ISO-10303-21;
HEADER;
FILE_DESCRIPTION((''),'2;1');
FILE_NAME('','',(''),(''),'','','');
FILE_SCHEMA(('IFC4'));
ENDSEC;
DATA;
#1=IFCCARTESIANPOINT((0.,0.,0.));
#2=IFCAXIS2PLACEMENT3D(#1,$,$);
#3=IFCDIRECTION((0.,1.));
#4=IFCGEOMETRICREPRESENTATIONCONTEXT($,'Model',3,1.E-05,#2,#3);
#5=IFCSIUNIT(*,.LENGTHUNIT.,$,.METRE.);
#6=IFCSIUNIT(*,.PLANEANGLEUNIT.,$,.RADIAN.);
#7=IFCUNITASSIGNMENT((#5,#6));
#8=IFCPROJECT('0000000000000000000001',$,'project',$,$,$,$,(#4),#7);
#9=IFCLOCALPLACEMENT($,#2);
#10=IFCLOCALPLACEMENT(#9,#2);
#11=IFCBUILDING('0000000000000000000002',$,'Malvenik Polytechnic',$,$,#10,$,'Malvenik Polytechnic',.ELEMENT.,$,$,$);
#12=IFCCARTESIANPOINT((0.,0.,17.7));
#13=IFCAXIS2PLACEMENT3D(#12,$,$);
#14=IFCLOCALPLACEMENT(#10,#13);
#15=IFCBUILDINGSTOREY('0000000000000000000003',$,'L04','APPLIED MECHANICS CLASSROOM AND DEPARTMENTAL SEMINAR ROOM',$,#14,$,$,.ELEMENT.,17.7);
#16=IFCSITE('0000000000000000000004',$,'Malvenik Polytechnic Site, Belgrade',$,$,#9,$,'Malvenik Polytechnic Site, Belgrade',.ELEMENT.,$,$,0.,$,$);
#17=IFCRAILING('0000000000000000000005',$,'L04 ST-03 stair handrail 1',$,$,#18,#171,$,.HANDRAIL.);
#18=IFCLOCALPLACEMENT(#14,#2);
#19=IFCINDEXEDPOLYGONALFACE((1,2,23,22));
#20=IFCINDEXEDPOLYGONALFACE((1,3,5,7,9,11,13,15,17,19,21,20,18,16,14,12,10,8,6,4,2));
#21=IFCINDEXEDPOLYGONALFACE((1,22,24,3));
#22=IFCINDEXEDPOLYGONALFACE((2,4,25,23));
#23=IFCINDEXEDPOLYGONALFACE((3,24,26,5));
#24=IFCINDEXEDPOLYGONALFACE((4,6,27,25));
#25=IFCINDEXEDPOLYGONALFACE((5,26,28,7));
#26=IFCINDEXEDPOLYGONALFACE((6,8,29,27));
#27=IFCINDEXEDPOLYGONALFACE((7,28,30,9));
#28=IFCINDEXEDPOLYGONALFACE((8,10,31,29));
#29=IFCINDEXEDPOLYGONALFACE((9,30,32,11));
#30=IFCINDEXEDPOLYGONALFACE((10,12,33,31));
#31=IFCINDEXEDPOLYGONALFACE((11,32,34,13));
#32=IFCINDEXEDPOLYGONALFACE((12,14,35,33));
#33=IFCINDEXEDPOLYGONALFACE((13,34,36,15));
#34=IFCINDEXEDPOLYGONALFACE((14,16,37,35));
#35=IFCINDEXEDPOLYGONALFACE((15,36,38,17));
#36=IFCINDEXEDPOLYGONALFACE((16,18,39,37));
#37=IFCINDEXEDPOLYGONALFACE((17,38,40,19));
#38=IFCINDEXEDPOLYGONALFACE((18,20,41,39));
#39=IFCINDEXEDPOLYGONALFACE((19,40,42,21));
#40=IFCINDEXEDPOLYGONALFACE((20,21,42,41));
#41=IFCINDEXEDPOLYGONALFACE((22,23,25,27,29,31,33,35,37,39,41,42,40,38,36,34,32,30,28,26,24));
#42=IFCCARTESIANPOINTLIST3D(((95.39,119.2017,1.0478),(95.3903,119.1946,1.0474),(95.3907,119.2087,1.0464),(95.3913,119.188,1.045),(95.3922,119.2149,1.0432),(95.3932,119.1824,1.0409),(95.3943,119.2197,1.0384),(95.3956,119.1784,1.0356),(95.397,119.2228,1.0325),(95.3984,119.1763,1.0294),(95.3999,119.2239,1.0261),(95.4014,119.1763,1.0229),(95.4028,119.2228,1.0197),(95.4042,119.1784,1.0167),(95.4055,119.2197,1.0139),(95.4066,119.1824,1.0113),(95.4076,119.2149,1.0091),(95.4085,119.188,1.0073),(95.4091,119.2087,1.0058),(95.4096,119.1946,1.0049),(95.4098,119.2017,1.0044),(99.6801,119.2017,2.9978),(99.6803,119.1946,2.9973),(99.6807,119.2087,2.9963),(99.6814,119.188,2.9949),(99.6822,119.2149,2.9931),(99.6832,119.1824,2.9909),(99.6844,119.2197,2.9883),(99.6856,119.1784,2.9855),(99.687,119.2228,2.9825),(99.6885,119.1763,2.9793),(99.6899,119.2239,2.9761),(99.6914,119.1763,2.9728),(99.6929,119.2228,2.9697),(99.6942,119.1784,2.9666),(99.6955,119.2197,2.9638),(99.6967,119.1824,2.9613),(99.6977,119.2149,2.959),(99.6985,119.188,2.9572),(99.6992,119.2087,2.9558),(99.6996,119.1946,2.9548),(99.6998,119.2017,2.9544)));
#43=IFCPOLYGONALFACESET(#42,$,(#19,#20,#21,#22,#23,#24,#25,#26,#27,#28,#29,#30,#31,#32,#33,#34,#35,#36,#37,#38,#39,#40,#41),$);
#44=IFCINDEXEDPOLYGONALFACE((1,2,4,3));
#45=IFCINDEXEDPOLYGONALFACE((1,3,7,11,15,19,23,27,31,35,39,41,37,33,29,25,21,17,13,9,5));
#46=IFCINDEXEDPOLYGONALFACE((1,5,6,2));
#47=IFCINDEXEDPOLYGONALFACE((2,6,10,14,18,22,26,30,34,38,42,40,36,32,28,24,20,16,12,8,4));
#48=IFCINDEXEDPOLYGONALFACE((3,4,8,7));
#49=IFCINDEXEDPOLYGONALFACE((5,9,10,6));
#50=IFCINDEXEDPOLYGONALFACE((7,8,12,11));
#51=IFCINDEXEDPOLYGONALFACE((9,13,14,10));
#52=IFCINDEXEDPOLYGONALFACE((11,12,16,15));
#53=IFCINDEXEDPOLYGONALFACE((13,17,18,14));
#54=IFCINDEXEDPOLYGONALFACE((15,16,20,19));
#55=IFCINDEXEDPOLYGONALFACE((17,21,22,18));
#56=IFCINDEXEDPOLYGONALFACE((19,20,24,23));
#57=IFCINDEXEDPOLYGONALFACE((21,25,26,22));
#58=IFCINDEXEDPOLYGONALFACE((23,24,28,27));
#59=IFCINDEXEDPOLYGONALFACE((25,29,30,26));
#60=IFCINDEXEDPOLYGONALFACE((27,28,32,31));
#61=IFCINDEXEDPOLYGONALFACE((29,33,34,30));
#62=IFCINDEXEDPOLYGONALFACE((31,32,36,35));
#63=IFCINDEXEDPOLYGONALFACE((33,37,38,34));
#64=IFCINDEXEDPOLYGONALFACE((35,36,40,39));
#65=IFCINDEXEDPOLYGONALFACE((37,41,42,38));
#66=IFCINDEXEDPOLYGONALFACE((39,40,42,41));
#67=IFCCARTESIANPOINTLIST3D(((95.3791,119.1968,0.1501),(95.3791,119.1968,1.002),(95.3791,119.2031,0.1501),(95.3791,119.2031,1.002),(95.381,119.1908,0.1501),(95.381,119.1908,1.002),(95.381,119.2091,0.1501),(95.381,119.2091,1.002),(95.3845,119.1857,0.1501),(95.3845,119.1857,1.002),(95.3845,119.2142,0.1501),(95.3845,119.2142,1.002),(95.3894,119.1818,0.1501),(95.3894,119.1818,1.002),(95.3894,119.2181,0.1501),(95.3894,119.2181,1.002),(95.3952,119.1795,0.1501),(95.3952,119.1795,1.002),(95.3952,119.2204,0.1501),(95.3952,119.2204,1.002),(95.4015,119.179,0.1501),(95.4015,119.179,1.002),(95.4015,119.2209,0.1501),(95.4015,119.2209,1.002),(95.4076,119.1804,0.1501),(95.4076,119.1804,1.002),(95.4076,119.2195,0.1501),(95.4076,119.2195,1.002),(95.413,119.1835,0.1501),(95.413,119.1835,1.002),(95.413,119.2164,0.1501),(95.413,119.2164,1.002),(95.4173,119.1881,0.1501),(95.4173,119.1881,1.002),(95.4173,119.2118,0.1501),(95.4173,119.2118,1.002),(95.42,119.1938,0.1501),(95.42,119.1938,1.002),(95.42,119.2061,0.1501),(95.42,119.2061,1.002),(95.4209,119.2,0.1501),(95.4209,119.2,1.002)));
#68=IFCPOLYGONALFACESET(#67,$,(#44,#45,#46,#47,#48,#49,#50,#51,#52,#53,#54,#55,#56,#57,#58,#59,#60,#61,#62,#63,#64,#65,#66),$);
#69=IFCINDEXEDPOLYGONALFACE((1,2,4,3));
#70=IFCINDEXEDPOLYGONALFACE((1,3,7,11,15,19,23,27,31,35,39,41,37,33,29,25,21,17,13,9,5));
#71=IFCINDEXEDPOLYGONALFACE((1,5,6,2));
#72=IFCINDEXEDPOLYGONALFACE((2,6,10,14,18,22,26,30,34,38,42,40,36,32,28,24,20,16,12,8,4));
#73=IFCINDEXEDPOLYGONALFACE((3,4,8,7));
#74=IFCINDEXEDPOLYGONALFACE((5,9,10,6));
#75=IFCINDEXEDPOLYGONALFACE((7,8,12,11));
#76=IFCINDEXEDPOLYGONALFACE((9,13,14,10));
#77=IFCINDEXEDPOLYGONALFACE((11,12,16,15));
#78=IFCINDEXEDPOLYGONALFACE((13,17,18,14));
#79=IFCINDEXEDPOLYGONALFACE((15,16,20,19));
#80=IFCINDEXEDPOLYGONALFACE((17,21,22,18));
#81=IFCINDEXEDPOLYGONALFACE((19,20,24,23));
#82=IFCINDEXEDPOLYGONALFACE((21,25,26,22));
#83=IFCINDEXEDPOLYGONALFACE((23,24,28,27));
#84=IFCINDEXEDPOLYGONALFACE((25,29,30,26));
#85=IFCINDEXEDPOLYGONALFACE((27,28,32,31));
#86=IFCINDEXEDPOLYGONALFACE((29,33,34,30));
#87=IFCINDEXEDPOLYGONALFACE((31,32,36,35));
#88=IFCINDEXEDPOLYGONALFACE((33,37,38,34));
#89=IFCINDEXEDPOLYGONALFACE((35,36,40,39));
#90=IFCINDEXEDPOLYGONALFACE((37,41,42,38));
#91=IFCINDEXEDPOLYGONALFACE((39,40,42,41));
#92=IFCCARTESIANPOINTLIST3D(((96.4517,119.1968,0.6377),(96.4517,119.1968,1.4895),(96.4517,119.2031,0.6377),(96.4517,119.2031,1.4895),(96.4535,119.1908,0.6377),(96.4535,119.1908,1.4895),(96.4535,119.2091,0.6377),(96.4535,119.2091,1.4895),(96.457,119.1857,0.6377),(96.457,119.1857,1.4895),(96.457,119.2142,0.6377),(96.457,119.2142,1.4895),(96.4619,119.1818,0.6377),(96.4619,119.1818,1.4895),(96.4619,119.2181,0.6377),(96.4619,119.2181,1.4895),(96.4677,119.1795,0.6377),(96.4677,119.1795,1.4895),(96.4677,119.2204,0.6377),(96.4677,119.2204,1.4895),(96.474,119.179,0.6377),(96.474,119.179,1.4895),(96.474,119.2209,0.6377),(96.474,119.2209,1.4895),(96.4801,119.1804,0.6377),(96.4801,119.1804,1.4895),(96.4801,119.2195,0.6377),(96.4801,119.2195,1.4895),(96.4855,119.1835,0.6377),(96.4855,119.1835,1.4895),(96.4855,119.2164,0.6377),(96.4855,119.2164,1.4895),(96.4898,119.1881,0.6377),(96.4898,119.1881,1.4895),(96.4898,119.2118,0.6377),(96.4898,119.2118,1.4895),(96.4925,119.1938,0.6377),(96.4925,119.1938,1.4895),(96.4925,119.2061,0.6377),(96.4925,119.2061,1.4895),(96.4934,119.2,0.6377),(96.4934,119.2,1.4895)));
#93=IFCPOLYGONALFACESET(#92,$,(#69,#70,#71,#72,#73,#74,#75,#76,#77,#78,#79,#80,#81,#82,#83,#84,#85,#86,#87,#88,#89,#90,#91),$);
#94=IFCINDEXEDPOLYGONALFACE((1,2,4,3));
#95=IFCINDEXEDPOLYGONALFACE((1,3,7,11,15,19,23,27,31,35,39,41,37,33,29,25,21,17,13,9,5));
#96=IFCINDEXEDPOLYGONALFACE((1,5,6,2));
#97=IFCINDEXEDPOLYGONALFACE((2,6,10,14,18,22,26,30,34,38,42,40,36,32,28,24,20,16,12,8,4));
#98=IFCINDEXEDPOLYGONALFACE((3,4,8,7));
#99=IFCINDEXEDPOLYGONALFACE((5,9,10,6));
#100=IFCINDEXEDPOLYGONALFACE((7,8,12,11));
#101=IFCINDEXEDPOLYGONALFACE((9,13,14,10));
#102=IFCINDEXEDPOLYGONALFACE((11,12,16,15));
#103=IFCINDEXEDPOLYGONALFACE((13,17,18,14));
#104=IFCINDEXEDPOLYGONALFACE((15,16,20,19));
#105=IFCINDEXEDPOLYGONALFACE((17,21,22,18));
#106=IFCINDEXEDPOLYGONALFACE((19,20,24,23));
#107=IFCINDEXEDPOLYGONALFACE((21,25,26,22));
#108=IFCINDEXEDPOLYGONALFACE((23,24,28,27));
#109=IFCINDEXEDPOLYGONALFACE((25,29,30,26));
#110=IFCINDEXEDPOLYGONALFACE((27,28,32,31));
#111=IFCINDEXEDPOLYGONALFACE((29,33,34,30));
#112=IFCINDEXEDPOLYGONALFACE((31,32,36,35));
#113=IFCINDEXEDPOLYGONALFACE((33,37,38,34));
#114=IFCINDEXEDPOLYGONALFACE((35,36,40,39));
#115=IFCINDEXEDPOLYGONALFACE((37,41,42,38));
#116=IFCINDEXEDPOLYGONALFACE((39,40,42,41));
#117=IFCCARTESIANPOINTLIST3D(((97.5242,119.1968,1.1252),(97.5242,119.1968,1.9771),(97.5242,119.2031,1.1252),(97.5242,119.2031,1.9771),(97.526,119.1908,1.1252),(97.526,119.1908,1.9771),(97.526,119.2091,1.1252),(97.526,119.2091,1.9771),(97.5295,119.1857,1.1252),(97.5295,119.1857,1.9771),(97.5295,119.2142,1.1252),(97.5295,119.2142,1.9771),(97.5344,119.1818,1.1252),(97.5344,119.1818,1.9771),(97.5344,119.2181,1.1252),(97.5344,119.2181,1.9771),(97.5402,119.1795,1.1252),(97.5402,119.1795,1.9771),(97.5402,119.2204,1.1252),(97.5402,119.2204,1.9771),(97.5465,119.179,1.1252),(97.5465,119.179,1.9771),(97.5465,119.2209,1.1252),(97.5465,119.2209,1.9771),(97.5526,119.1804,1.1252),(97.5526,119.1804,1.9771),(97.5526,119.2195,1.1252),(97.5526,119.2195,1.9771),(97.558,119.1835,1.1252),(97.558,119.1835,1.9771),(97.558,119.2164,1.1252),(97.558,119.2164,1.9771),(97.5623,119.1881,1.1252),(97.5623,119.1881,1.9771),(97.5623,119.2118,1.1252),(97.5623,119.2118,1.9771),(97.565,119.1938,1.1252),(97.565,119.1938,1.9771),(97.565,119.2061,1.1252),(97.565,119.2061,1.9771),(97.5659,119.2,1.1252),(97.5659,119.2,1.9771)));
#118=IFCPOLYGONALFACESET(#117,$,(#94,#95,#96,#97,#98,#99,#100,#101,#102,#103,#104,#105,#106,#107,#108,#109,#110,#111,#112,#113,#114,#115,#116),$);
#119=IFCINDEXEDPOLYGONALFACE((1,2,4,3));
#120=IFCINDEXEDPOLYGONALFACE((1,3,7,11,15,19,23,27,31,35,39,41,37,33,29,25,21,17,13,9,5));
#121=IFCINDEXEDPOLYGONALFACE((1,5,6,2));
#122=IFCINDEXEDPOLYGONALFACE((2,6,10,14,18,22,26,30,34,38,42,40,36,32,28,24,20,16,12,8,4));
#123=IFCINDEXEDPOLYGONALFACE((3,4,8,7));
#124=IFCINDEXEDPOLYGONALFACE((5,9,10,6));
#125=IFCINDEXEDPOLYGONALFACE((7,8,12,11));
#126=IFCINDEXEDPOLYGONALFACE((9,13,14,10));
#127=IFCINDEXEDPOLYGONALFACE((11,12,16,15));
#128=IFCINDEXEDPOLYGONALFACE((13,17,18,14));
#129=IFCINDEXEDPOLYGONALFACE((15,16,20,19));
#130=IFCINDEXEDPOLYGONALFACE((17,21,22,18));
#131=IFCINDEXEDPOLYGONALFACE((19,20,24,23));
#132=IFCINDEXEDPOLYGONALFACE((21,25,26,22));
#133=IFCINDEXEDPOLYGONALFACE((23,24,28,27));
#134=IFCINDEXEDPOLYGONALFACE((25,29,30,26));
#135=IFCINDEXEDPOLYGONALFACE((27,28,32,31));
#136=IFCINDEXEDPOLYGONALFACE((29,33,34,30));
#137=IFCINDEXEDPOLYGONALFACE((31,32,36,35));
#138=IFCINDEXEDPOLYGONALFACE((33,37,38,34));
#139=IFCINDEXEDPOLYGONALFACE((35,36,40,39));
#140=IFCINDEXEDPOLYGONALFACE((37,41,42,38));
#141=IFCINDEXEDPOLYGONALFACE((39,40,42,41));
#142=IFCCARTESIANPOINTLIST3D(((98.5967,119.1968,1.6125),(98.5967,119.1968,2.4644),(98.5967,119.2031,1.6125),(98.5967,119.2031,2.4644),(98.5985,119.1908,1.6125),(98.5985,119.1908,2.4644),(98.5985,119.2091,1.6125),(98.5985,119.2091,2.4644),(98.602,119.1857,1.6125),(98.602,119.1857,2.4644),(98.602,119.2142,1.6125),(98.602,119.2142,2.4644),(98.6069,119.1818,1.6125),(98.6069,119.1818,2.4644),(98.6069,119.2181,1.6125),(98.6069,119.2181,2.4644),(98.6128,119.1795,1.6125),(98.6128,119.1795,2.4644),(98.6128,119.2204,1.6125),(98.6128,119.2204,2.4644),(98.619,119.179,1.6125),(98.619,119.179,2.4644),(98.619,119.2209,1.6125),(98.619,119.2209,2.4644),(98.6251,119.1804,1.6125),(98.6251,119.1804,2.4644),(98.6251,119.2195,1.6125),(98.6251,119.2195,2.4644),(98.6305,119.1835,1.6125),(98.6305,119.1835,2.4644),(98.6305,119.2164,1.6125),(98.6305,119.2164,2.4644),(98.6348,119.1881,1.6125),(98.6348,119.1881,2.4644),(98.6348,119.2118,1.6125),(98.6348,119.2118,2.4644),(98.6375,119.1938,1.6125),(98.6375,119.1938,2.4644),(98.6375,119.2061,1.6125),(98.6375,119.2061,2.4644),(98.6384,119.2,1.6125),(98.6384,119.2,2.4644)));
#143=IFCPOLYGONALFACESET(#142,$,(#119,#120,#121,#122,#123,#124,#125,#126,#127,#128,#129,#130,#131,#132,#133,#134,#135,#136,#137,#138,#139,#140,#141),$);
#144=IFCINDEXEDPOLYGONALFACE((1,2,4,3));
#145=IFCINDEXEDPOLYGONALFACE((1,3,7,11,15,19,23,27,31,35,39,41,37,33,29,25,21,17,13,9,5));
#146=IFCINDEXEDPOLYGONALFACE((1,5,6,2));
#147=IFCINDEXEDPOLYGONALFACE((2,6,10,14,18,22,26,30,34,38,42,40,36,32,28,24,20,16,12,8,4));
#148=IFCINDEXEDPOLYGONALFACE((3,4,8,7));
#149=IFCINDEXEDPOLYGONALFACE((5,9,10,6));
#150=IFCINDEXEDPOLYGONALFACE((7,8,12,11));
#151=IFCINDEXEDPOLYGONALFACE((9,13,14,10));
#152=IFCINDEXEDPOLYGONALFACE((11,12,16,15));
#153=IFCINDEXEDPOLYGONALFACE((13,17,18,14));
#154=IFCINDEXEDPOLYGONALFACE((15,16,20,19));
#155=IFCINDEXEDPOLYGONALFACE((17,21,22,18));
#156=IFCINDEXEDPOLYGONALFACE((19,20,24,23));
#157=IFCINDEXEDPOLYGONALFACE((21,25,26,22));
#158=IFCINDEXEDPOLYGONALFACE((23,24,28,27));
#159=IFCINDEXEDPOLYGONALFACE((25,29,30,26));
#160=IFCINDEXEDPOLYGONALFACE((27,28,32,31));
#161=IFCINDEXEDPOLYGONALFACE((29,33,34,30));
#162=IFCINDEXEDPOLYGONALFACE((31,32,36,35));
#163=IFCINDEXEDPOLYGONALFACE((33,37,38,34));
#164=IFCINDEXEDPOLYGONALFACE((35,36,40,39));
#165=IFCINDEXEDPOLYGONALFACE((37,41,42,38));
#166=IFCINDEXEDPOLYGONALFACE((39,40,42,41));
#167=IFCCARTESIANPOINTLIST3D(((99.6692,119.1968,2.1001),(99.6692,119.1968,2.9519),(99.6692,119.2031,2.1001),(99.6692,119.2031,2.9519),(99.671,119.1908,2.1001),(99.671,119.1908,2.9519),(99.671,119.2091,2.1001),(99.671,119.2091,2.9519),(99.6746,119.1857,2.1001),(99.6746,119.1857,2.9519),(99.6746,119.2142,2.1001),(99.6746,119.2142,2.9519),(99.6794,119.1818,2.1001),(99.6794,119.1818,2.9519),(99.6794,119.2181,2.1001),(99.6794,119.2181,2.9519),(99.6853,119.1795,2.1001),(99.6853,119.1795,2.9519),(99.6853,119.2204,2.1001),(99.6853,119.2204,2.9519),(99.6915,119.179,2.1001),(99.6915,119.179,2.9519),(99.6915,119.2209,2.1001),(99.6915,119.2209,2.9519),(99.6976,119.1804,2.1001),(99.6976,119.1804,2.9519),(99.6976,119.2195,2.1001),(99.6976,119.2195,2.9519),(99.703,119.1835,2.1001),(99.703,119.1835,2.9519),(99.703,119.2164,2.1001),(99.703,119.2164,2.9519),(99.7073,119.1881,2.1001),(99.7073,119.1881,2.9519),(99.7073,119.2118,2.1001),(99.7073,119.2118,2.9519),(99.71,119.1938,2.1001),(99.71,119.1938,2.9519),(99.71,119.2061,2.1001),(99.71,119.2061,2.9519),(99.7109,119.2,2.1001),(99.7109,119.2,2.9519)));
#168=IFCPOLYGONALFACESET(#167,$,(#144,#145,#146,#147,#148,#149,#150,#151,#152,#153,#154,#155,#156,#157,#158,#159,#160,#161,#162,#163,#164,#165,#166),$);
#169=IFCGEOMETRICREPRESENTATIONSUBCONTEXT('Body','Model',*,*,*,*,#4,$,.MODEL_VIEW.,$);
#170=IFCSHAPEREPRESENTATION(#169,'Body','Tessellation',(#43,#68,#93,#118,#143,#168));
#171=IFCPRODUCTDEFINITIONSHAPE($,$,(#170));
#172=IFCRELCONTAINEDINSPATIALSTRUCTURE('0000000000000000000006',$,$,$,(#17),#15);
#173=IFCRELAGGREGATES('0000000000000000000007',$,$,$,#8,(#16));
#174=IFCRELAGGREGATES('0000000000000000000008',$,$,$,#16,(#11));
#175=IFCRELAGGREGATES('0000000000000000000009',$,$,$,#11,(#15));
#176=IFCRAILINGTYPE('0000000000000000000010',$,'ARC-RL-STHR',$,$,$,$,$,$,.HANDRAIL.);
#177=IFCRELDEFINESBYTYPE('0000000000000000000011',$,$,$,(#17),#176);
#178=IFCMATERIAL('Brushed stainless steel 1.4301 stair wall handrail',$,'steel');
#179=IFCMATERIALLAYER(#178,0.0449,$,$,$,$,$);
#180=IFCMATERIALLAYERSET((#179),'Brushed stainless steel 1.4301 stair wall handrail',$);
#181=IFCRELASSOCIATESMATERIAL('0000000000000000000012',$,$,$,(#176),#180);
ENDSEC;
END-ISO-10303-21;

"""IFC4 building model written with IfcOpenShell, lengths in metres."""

from ifc_helpers import new_model, si_unit, direction, frame, origin, origin_2d, place, context, subcontext, project, spatial, circle, extrude, material, layer, layer_set, type_object, element, save


model = new_model("IFC4")

# Units and contexts
model_context = context("Model", 3, precision=1e-05, world=origin(), true_north=direction((0.0, 1.0)))
body_context = subcontext(model_context, "Body", "Model", "MODEL_VIEW")
ifc_project = project(units=[si_unit("LENGTHUNIT", "METRE"), si_unit("PLANEANGLEUNIT", "RADIAN")], contexts=[model_context])

# Site, building, storey
site_placement = place(None, origin())
site = spatial("IfcSite", under=ifc_project, at=site_placement, Name="Malvenik Polytechnic Site, Belgrade", LongName="Malvenik Polytechnic Site, Belgrade", CompositionType="ELEMENT", RefElevation=0.0)
building_placement = place(site_placement, origin())
building = spatial("IfcBuilding", under=site, at=building_placement, Name="Malvenik Polytechnic", LongName="Malvenik Polytechnic", CompositionType="ELEMENT")
storey_placement = place(building_placement, frame((0.0, 0.0, 17.7)))
storey = spatial("IfcBuildingStorey", under=building, at=storey_placement, Name="L04", Description="APPLIED MECHANICS CLASSROOM AND DEPARTMENTAL SEMINAR ROOM", CompositionType="ELEMENT", Elevation=17.7)

# Railing
ifc_material_1 = material(Name="Brushed stainless steel 1.4301 stair wall handrail", Category="steel")
ifc_layer_1 = layer(ifc_material_1, 0.0449)
ifc_layer_set_1 = layer_set([ifc_layer_1], Name="Brushed stainless steel 1.4301 stair wall handrail")
railing_type_1 = type_object("IfcRailingType", Name="ARC-RL-STHR", PredefinedType="HANDRAIL", material=ifc_layer_set_1)
railing_1_placement = place(storey_placement, frame((95.3999, 119.2, 0.1501)))
element("IfcRailing", 1, at=railing_1_placement, inside=storey, type_object=railing_type_1, Name="L04 ST-03 stair handrail 1", PredefinedType="HANDRAIL", context=body_context, shape_type="SweptSolid", body=[
    extrude(circle(Radius=0.0239, at=origin_2d()), frame((0.0, 0.0, 0.876), z_axis=(0.910372, 0.0, 0.413791), x_axis=(0.0, 1.0, 0.0)), (0.0, 0.0, 1.0), 4.7124),
    extrude(circle(Radius=0.021, at=origin_2d()), origin(), (0.0, 0.0, 1.0), 0.8518),
    extrude(circle(Radius=0.021, at=origin_2d()), frame((1.0725, 0.0, 0.4875)), (0.0, 0.0, 1.0), 0.8518),
    extrude(circle(Radius=0.021, at=origin_2d()), frame((2.145, 0.0, 0.9751)), (0.0, 0.0, 1.0), 0.8518),
    extrude(circle(Radius=0.021, at=origin_2d()), frame((3.2175, 0.0, 1.4624)), (0.0, 0.0, 1.0), 0.8518),
    extrude(circle(Radius=0.021, at=origin_2d()), frame((4.29, 0.0, 1.95)), (0.0, 0.0, 1.0), 0.8518),
])

save(model, "model.ifc")
